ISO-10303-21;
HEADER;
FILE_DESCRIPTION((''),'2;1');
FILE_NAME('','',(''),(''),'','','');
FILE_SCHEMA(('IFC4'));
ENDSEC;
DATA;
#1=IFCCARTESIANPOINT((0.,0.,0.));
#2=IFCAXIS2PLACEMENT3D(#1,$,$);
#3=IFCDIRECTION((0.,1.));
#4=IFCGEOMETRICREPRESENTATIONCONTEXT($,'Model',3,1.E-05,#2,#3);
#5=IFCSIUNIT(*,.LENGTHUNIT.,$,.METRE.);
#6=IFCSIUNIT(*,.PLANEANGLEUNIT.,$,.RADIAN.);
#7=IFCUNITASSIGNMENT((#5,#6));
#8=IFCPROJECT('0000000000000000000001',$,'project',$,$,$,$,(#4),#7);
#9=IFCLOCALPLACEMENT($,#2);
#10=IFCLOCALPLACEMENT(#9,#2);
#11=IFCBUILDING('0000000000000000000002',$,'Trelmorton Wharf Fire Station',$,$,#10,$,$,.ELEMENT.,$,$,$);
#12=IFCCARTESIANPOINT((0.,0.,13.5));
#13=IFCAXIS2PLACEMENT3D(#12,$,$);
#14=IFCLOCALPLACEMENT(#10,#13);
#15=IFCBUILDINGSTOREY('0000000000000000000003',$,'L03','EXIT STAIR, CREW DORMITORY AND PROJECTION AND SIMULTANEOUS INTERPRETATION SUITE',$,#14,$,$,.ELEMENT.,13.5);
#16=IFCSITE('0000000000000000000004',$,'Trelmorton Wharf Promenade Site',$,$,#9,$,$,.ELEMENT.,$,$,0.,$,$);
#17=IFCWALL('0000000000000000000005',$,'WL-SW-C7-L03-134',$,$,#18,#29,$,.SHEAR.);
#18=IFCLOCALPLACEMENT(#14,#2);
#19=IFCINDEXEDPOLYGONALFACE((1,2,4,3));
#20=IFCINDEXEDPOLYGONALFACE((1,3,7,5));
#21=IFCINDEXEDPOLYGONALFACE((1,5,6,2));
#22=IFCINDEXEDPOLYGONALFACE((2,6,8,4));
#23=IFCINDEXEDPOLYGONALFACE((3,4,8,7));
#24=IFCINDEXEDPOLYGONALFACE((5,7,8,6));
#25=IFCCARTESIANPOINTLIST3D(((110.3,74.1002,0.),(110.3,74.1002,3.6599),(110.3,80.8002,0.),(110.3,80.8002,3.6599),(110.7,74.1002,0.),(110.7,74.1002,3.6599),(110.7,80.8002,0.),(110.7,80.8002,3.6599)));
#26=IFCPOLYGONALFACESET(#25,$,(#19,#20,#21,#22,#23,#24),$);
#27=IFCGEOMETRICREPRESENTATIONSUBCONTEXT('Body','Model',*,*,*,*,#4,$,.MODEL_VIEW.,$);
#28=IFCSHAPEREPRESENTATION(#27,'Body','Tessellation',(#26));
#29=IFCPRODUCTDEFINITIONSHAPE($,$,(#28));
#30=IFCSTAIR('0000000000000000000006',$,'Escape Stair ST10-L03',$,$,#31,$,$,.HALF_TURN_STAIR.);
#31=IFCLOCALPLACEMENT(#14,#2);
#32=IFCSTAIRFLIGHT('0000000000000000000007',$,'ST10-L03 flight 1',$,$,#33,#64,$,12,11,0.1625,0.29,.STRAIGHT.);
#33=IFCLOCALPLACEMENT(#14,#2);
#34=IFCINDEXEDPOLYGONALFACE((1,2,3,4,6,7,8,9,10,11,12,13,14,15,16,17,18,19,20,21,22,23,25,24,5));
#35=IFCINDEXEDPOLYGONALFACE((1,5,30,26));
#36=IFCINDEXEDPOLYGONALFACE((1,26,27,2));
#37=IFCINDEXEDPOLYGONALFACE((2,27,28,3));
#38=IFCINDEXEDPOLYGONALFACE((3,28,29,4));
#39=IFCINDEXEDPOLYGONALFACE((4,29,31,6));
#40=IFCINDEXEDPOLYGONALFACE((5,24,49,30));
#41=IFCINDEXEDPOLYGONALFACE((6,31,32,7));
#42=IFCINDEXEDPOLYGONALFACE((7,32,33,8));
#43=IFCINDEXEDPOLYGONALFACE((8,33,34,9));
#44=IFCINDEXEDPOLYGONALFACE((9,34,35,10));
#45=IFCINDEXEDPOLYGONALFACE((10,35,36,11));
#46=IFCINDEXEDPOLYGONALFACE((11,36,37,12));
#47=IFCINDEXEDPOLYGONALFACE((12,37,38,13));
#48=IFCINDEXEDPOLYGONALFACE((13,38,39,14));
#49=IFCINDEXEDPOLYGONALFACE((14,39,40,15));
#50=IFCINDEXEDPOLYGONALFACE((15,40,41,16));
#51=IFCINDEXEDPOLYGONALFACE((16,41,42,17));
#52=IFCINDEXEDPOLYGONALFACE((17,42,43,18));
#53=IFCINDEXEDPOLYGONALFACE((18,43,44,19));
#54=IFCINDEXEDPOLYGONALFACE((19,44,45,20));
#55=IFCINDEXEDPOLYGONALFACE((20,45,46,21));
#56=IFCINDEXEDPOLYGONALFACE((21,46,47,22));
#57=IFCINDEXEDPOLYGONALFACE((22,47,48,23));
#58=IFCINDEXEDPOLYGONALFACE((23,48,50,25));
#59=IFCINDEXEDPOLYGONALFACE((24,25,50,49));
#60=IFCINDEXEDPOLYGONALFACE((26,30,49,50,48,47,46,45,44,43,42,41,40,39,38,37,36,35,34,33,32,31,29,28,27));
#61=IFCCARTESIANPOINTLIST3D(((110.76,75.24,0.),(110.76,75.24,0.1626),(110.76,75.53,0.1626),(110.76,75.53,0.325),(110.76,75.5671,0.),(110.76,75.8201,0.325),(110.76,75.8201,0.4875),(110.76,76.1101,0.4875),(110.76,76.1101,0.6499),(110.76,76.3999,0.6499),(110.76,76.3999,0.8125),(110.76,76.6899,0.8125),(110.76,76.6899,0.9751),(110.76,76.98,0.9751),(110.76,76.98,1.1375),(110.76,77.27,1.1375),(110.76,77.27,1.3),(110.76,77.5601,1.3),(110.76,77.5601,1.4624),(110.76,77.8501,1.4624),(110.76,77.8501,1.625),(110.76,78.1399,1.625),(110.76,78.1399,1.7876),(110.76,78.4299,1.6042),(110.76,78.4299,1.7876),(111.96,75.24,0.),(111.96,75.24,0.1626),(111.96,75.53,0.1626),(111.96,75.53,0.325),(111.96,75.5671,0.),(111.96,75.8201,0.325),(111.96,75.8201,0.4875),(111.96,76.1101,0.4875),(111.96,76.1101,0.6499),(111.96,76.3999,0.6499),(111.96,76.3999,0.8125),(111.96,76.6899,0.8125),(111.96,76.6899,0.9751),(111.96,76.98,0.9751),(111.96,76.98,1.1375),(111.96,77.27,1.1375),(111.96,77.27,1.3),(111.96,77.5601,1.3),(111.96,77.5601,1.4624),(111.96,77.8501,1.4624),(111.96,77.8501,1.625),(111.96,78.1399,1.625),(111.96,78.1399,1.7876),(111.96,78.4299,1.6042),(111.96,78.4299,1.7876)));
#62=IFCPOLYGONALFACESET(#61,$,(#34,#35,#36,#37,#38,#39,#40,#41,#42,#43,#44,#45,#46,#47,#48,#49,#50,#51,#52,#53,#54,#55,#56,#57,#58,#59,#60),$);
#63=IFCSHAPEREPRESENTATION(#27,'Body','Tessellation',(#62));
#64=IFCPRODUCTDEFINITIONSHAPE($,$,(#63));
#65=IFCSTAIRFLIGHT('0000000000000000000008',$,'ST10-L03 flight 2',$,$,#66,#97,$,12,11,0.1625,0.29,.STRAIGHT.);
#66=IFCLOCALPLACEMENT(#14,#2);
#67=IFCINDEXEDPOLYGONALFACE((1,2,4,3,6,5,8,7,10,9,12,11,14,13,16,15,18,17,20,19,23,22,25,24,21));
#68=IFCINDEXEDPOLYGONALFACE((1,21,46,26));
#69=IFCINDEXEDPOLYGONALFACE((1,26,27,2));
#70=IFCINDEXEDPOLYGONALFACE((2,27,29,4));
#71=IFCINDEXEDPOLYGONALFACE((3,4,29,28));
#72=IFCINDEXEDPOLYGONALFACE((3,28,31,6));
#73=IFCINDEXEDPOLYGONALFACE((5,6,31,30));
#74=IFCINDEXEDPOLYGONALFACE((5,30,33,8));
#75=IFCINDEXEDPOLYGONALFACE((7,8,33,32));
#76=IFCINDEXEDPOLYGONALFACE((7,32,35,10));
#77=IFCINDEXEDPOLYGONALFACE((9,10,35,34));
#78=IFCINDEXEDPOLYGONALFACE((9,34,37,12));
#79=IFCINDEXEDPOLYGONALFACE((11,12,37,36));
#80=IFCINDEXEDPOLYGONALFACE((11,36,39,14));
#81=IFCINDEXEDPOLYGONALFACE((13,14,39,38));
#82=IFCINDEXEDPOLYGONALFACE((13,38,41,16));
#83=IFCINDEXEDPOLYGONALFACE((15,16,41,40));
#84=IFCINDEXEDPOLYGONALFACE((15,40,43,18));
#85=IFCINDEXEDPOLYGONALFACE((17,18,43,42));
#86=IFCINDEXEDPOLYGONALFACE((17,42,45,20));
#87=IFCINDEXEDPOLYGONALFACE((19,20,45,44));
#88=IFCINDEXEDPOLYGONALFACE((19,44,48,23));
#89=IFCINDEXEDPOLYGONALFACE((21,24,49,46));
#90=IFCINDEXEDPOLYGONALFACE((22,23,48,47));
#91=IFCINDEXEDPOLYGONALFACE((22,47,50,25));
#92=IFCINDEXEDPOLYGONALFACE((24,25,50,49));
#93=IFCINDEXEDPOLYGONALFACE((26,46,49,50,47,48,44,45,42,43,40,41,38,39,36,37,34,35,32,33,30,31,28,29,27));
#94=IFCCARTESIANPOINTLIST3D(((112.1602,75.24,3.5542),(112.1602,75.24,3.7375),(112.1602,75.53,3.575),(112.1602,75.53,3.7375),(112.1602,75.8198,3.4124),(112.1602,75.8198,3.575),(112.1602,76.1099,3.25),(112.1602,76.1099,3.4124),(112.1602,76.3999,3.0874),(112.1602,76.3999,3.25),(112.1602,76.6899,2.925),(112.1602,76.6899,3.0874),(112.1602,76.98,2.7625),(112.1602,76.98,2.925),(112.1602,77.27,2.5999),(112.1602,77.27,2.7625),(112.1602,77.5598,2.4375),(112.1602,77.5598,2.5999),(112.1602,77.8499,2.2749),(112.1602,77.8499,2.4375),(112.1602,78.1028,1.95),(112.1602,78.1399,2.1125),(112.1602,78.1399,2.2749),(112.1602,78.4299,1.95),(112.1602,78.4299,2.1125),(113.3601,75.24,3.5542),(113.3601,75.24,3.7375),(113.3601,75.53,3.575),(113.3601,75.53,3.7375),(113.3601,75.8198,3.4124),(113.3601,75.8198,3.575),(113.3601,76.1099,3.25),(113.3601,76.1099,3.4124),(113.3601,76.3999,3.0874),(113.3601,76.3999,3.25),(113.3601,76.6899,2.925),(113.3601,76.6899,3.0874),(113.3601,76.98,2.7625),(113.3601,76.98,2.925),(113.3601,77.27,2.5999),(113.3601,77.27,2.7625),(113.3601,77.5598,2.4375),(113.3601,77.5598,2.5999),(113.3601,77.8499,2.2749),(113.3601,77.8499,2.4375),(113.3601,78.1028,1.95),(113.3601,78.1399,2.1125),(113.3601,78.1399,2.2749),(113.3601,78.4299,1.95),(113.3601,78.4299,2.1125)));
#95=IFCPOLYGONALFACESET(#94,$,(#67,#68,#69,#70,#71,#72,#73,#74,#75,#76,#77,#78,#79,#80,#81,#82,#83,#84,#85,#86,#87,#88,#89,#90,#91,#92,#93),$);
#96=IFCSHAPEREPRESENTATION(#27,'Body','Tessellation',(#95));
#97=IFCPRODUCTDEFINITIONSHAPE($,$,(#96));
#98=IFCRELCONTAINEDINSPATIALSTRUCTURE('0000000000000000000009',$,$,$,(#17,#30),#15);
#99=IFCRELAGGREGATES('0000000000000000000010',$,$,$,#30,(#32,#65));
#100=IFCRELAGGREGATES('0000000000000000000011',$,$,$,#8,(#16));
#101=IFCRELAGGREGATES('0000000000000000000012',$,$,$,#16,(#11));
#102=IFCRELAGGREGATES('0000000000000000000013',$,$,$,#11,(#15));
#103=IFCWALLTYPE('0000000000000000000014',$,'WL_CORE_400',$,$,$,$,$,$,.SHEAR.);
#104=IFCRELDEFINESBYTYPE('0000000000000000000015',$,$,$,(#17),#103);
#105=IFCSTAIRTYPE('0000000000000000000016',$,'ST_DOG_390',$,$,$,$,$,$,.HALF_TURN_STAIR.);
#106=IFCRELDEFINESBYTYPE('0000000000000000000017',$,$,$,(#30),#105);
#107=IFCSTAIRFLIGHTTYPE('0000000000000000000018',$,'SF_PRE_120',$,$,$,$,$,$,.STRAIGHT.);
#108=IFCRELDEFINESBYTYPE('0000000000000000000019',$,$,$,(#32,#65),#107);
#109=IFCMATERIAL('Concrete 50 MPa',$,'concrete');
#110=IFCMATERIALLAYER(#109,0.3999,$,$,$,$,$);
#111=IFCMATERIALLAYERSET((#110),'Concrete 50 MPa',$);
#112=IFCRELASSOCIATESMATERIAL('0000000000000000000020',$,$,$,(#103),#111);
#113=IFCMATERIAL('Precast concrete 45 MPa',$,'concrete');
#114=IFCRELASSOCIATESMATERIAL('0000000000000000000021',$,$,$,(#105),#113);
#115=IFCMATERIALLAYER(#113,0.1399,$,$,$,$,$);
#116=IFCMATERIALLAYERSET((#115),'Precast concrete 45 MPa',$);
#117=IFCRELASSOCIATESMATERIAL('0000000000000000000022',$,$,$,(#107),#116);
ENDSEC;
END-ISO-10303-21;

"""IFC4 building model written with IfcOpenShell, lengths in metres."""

from ifc_helpers import new_model, si_unit, direction, frame, frame_2d, origin, place, context, subcontext, project, spatial, polyline, rectangle, outline, extrude, material, layer, layer_set, type_object, element, aggregate, save


model = new_model("IFC4")

# Units and contexts
model_context = context("Model", 3, precision=1e-05, world=origin(), true_north=direction((0.0, 1.0)))
body_context = subcontext(model_context, "Body", "Model", "MODEL_VIEW")
ifc_project = project(units=[si_unit("LENGTHUNIT", "METRE"), si_unit("PLANEANGLEUNIT", "RADIAN")], contexts=[model_context])

# Site, building, storey
site_placement = place(None, origin())
site = spatial("IfcSite", under=ifc_project, at=site_placement, Name="Trelmorton Wharf Promenade Site", CompositionType="ELEMENT", RefElevation=0.0)
building_placement = place(site_placement, origin())
building = spatial("IfcBuilding", under=site, at=building_placement, Name="Trelmorton Wharf Fire Station", CompositionType="ELEMENT")
storey_placement = place(building_placement, frame((0.0, 0.0, 13.5)))
storey = spatial("IfcBuildingStorey", under=building, at=storey_placement, Name="L03", Description="EXIT STAIR, CREW DORMITORY AND PROJECTION AND SIMULTANEOUS INTERPRETATION SUITE", CompositionType="ELEMENT", Elevation=13.5)

# Wall
ifc_material_1 = material(Name="Concrete 50 MPa", Category="concrete")
ifc_layer_1 = layer(ifc_material_1, 0.3999)
ifc_layer_set_1 = layer_set([ifc_layer_1], Name="Concrete 50 MPa")
wall_type_1 = type_object("IfcWallType", Name="WL_CORE_400", PredefinedType="SHEAR", material=ifc_layer_set_1)
wall_1_placement = place(storey_placement, frame((110.5, 74.1001, 0.0), z_axis=(0.0, 0.0, 1.0), x_axis=(0.0, 1.0, 0.0)))
element("IfcWall", 1, at=wall_1_placement, inside=storey, type_object=wall_type_1, Name="WL-SW-C7-L03-134", PredefinedType="SHEAR", context=body_context, shape_type="SweptSolid", body=[
    extrude(rectangle(XDim=6.7, YDim=0.3999, at=frame_2d((3.3501, 0.0))), origin(), (0.0, 0.0, 1.0), 3.6599),
])

# Stair, stair flights
ifc_material_2 = material(Name="Precast concrete 45 MPa", Category="concrete")
stair_type = type_object("IfcStairType", Name="ST_DOG_390", PredefinedType="HALF_TURN_STAIR", material=ifc_material_2)
stair_placement = place(storey_placement, origin())
stair = element("IfcStair", 2, at=stair_placement, inside=storey, type_object=stair_type, Name="Escape Stair ST10-L03", PredefinedType="HALF_TURN_STAIR")
ifc_layer_2 = layer(ifc_material_2, 0.1399)
ifc_layer_set_2 = layer_set([ifc_layer_2], Name="Precast concrete 45 MPa")
stair_flight_type = type_object("IfcStairFlightType", Name="SF_PRE_120", PredefinedType="STRAIGHT", material=ifc_layer_set_2)
stair_flight_1_placement = place(storey_placement, frame((111.3601, 75.24, 0.0), z_axis=(0.0, 0.0, 1.0), x_axis=(0.0, 1.0, 0.0)))
stair_flight_1 = element("IfcStairFlight", 3, at=stair_flight_1_placement, type_object=stair_flight_type, Name="ST10-L03 flight 1", NumberOfRisers=12, NumberOfTreads=11, PredefinedType="STRAIGHT", RiserHeight=0.1625, TreadLength=0.29, context=body_context, shape_type="SweptSolid", body=[
    extrude(outline(polyline([(0.0, 0.0), (0.0, 0.1626), (0.29, 0.1626), (0.29, 0.325), (0.5801, 0.325), (0.5801, 0.4875), (0.8701, 0.4875), (0.8701, 0.6499), (1.1599, 0.6499), (1.1599, 0.8125), (1.45, 0.8125), (1.45, 0.9751), (1.74, 0.9751), (1.74, 1.1375), (2.03, 1.1375), (2.03, 1.3), (2.3201, 1.3), (2.3201, 1.4624), (2.6101, 1.4624), (2.6101, 1.625), (2.8999, 1.625), (2.8999, 1.7876), (3.1899, 1.7876), (3.1899, 1.95), (3.1899, 1.6042), (0.3271, 0.0), (0.0, 0.0)])), frame((0.0, 0.6001, 0.0), z_axis=(0.0, -1.0, 0.0), x_axis=(1.0, 0.0, 0.0)), (0.0, 0.0, 1.0), 1.2),
])
stair_flight_2_placement = place(storey_placement, frame((112.76, 78.4299, 1.95), z_axis=(0.0, 0.0, 1.0), x_axis=(0.0, -1.0, 0.0)))
stair_flight_2 = element("IfcStairFlight", 4, at=stair_flight_2_placement, type_object=stair_flight_type, Name="ST10-L03 flight 2", NumberOfRisers=12, NumberOfTreads=11, PredefinedType="STRAIGHT", RiserHeight=0.1625, TreadLength=0.29, context=body_context, shape_type="SweptSolid", body=[
    extrude(outline(polyline([(0.0, 0.0), (0.0, 0.1626), (0.29, 0.1626), (0.29, 0.325), (0.5801, 0.325), (0.5801, 0.4875), (0.8701, 0.4875), (0.8701, 0.6499), (1.1599, 0.6499), (1.1599, 0.8125), (1.45, 0.8125), (1.45, 0.9751), (1.74, 0.9751), (1.74, 1.1375), (2.03, 1.1375), (2.03, 1.3), (2.3201, 1.3), (2.3201, 1.4624), (2.6101, 1.4624), (2.6101, 1.625), (2.8999, 1.625), (2.8999, 1.7876), (3.1899, 1.7876), (3.1899, 1.95), (3.1899, 1.6042), (0.3271, 0.0), (0.0, 0.0)])), frame((0.0, 0.6001, 0.0), z_axis=(0.0, -1.0, 0.0), x_axis=(1.0, 0.0, 0.0)), (0.0, 0.0, 1.0), 1.2),
])
aggregate(stair, [stair_flight_1, stair_flight_2])

save(model, "model.ifc")
